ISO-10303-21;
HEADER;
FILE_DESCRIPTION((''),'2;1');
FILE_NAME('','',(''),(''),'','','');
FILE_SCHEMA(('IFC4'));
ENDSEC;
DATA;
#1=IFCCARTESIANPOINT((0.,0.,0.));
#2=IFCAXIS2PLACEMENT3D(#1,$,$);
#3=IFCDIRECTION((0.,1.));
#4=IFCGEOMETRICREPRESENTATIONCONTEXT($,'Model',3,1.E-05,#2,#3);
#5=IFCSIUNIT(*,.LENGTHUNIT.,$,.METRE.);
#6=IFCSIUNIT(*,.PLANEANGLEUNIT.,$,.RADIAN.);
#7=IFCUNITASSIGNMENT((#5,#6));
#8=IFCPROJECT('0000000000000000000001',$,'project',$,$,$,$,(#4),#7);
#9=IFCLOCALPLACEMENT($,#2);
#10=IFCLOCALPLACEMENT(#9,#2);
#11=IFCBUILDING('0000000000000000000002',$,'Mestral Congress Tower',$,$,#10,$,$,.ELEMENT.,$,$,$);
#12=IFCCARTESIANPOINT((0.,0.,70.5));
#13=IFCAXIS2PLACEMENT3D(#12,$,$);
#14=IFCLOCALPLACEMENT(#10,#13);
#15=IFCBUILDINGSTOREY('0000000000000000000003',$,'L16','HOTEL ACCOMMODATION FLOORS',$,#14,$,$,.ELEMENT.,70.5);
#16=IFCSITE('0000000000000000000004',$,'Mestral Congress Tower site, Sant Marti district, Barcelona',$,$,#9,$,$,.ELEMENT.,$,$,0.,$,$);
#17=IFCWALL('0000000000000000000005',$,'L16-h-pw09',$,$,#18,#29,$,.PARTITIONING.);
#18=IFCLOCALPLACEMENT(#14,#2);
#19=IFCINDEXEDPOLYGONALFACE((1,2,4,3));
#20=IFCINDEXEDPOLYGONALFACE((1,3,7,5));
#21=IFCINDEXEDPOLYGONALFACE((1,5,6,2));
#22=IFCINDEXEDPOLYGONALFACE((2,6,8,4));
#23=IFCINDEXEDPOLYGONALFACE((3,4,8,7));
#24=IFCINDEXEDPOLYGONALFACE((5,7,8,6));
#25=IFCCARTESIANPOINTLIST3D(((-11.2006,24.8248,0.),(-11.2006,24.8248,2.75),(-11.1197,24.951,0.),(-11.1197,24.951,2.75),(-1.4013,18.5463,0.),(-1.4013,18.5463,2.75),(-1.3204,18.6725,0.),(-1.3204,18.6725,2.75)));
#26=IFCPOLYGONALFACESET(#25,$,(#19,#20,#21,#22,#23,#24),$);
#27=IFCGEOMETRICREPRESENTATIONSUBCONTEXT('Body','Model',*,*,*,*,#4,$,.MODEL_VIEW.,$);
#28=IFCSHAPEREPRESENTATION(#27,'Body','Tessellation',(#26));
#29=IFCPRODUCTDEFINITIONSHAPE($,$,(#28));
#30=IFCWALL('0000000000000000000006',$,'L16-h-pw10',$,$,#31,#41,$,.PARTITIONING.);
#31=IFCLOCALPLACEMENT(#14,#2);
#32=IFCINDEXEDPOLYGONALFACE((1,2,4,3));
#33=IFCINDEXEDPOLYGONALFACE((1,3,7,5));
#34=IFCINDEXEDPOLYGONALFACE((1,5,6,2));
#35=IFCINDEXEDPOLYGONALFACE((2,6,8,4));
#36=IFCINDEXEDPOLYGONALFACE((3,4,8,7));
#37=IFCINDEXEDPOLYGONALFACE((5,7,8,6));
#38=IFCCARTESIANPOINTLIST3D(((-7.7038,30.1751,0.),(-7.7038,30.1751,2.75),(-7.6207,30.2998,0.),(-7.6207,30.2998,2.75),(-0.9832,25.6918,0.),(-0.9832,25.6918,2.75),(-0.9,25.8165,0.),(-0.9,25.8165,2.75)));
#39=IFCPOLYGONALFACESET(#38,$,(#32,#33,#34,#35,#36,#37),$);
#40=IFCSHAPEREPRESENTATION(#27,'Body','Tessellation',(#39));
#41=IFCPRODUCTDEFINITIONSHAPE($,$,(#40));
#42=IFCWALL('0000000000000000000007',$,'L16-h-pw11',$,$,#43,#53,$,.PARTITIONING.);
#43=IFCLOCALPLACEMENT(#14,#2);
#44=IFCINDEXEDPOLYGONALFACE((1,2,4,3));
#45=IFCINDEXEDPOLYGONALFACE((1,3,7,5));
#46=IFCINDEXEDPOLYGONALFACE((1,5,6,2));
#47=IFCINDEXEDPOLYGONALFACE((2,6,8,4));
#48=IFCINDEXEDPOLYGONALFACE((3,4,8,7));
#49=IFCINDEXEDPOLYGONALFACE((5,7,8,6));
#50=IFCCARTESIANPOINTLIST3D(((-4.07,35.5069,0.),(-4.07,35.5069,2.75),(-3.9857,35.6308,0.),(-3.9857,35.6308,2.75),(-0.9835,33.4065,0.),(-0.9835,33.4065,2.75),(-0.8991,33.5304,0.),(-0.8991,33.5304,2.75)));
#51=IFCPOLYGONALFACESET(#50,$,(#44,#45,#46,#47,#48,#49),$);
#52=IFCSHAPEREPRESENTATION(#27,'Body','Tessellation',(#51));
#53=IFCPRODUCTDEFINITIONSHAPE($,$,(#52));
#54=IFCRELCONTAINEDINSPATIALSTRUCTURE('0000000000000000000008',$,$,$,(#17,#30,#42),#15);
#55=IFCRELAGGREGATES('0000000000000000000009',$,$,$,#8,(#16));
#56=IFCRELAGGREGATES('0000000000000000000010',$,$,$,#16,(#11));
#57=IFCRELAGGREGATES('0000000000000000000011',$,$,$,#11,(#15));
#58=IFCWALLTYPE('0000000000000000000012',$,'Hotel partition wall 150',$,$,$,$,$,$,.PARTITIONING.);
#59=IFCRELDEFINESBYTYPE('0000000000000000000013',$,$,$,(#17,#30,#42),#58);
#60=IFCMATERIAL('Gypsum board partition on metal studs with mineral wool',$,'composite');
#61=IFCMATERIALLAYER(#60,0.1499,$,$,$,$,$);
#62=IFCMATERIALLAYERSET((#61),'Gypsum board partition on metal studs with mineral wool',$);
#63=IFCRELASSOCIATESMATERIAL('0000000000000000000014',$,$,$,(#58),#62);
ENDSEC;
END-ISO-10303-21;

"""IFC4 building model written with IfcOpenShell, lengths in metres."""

from ifc_helpers import new_model, si_unit, direction, frame, frame_2d, origin, place, context, subcontext, project, spatial, rectangle, extrude, material, layer, layer_set, type_object, element, save


model = new_model("IFC4")

# Units and contexts
model_context = context("Model", 3, precision=1e-05, world=origin(), true_north=direction((0.0, 1.0)))
body_context = subcontext(model_context, "Body", "Model", "MODEL_VIEW")
ifc_project = project(units=[si_unit("LENGTHUNIT", "METRE"), si_unit("PLANEANGLEUNIT", "RADIAN")], contexts=[model_context])

# Site, building, storey
site_placement = place(None, origin())
site = spatial("IfcSite", under=ifc_project, at=site_placement, Name="Mestral Congress Tower site, Sant Marti district, Barcelona", CompositionType="ELEMENT", RefElevation=0.0)
building_placement = place(site_placement, origin())
building = spatial("IfcBuilding", under=site, at=building_placement, Name="Mestral Congress Tower", CompositionType="ELEMENT")
storey_placement = place(building_placement, frame((0.0, 0.0, 70.5)))
storey = spatial("IfcBuildingStorey", under=building, at=storey_placement, Name="L16", Description="HOTEL ACCOMMODATION FLOORS", CompositionType="ELEMENT", Elevation=70.5)

# Shared definitions
ifc_material_1 = material(Name="Gypsum board partition on metal studs with mineral wool", Category="composite")

# Walls
ifc_layer_1 = layer(ifc_material_1, 0.1499)
ifc_layer_set_1 = layer_set([ifc_layer_1], Name="Gypsum board partition on metal studs with mineral wool")
wall_type_1 = type_object("IfcWallType", Name="Hotel partition wall 150", PredefinedType="PARTITIONING", material=ifc_layer_set_1)
wall_1_placement = place(storey_placement, frame((-11.1602, 24.8879, 0.0), z_axis=(0.0, 0.0, 1.0), x_axis=(0.841998, -0.53948, 0.0)))
element("IfcWall", 1, at=wall_1_placement, inside=storey, type_object=wall_type_1, Name="L16-h-pw09", PredefinedType="PARTITIONING", context=body_context, shape_type="SweptSolid", body=[
    extrude(rectangle(XDim=11.6382, YDim=0.1499, at=frame_2d((5.8191, 0.0))), origin(), (0.0, 0.0, 1.0), 2.75),
])
wall_2_placement = place(storey_placement, frame((-7.6624, 30.2375, 0.0), z_axis=(0.0, 0.0, 1.0), x_axis=(0.831883, -0.554951, 0.0)))
element("IfcWall", 2, at=wall_2_placement, inside=storey, type_object=wall_type_1, Name="L16-h-pw10", PredefinedType="PARTITIONING", context=body_context, shape_type="SweptSolid", body=[
    extrude(rectangle(XDim=8.0789, YDim=0.1499, at=frame_2d((4.0396, 0.0))), origin(), (0.0, 0.0, 1.0), 2.75),
])
wall_3_placement = place(storey_placement, frame((-4.0278, 35.5688, 0.0), z_axis=(0.0, 0.0, 1.0), x_axis=(0.826731, -0.562598, 0.0)))
element("IfcWall", 3, at=wall_3_placement, inside=storey, type_object=wall_type_1, Name="L16-h-pw11", PredefinedType="PARTITIONING", context=body_context, shape_type="SweptSolid", body=[
    extrude(rectangle(XDim=3.7334, YDim=0.1499, at=frame_2d((1.8667, 0.0))), origin(), (0.0, 0.0, 1.0), 2.75),
])

save(model, "model.ifc")
